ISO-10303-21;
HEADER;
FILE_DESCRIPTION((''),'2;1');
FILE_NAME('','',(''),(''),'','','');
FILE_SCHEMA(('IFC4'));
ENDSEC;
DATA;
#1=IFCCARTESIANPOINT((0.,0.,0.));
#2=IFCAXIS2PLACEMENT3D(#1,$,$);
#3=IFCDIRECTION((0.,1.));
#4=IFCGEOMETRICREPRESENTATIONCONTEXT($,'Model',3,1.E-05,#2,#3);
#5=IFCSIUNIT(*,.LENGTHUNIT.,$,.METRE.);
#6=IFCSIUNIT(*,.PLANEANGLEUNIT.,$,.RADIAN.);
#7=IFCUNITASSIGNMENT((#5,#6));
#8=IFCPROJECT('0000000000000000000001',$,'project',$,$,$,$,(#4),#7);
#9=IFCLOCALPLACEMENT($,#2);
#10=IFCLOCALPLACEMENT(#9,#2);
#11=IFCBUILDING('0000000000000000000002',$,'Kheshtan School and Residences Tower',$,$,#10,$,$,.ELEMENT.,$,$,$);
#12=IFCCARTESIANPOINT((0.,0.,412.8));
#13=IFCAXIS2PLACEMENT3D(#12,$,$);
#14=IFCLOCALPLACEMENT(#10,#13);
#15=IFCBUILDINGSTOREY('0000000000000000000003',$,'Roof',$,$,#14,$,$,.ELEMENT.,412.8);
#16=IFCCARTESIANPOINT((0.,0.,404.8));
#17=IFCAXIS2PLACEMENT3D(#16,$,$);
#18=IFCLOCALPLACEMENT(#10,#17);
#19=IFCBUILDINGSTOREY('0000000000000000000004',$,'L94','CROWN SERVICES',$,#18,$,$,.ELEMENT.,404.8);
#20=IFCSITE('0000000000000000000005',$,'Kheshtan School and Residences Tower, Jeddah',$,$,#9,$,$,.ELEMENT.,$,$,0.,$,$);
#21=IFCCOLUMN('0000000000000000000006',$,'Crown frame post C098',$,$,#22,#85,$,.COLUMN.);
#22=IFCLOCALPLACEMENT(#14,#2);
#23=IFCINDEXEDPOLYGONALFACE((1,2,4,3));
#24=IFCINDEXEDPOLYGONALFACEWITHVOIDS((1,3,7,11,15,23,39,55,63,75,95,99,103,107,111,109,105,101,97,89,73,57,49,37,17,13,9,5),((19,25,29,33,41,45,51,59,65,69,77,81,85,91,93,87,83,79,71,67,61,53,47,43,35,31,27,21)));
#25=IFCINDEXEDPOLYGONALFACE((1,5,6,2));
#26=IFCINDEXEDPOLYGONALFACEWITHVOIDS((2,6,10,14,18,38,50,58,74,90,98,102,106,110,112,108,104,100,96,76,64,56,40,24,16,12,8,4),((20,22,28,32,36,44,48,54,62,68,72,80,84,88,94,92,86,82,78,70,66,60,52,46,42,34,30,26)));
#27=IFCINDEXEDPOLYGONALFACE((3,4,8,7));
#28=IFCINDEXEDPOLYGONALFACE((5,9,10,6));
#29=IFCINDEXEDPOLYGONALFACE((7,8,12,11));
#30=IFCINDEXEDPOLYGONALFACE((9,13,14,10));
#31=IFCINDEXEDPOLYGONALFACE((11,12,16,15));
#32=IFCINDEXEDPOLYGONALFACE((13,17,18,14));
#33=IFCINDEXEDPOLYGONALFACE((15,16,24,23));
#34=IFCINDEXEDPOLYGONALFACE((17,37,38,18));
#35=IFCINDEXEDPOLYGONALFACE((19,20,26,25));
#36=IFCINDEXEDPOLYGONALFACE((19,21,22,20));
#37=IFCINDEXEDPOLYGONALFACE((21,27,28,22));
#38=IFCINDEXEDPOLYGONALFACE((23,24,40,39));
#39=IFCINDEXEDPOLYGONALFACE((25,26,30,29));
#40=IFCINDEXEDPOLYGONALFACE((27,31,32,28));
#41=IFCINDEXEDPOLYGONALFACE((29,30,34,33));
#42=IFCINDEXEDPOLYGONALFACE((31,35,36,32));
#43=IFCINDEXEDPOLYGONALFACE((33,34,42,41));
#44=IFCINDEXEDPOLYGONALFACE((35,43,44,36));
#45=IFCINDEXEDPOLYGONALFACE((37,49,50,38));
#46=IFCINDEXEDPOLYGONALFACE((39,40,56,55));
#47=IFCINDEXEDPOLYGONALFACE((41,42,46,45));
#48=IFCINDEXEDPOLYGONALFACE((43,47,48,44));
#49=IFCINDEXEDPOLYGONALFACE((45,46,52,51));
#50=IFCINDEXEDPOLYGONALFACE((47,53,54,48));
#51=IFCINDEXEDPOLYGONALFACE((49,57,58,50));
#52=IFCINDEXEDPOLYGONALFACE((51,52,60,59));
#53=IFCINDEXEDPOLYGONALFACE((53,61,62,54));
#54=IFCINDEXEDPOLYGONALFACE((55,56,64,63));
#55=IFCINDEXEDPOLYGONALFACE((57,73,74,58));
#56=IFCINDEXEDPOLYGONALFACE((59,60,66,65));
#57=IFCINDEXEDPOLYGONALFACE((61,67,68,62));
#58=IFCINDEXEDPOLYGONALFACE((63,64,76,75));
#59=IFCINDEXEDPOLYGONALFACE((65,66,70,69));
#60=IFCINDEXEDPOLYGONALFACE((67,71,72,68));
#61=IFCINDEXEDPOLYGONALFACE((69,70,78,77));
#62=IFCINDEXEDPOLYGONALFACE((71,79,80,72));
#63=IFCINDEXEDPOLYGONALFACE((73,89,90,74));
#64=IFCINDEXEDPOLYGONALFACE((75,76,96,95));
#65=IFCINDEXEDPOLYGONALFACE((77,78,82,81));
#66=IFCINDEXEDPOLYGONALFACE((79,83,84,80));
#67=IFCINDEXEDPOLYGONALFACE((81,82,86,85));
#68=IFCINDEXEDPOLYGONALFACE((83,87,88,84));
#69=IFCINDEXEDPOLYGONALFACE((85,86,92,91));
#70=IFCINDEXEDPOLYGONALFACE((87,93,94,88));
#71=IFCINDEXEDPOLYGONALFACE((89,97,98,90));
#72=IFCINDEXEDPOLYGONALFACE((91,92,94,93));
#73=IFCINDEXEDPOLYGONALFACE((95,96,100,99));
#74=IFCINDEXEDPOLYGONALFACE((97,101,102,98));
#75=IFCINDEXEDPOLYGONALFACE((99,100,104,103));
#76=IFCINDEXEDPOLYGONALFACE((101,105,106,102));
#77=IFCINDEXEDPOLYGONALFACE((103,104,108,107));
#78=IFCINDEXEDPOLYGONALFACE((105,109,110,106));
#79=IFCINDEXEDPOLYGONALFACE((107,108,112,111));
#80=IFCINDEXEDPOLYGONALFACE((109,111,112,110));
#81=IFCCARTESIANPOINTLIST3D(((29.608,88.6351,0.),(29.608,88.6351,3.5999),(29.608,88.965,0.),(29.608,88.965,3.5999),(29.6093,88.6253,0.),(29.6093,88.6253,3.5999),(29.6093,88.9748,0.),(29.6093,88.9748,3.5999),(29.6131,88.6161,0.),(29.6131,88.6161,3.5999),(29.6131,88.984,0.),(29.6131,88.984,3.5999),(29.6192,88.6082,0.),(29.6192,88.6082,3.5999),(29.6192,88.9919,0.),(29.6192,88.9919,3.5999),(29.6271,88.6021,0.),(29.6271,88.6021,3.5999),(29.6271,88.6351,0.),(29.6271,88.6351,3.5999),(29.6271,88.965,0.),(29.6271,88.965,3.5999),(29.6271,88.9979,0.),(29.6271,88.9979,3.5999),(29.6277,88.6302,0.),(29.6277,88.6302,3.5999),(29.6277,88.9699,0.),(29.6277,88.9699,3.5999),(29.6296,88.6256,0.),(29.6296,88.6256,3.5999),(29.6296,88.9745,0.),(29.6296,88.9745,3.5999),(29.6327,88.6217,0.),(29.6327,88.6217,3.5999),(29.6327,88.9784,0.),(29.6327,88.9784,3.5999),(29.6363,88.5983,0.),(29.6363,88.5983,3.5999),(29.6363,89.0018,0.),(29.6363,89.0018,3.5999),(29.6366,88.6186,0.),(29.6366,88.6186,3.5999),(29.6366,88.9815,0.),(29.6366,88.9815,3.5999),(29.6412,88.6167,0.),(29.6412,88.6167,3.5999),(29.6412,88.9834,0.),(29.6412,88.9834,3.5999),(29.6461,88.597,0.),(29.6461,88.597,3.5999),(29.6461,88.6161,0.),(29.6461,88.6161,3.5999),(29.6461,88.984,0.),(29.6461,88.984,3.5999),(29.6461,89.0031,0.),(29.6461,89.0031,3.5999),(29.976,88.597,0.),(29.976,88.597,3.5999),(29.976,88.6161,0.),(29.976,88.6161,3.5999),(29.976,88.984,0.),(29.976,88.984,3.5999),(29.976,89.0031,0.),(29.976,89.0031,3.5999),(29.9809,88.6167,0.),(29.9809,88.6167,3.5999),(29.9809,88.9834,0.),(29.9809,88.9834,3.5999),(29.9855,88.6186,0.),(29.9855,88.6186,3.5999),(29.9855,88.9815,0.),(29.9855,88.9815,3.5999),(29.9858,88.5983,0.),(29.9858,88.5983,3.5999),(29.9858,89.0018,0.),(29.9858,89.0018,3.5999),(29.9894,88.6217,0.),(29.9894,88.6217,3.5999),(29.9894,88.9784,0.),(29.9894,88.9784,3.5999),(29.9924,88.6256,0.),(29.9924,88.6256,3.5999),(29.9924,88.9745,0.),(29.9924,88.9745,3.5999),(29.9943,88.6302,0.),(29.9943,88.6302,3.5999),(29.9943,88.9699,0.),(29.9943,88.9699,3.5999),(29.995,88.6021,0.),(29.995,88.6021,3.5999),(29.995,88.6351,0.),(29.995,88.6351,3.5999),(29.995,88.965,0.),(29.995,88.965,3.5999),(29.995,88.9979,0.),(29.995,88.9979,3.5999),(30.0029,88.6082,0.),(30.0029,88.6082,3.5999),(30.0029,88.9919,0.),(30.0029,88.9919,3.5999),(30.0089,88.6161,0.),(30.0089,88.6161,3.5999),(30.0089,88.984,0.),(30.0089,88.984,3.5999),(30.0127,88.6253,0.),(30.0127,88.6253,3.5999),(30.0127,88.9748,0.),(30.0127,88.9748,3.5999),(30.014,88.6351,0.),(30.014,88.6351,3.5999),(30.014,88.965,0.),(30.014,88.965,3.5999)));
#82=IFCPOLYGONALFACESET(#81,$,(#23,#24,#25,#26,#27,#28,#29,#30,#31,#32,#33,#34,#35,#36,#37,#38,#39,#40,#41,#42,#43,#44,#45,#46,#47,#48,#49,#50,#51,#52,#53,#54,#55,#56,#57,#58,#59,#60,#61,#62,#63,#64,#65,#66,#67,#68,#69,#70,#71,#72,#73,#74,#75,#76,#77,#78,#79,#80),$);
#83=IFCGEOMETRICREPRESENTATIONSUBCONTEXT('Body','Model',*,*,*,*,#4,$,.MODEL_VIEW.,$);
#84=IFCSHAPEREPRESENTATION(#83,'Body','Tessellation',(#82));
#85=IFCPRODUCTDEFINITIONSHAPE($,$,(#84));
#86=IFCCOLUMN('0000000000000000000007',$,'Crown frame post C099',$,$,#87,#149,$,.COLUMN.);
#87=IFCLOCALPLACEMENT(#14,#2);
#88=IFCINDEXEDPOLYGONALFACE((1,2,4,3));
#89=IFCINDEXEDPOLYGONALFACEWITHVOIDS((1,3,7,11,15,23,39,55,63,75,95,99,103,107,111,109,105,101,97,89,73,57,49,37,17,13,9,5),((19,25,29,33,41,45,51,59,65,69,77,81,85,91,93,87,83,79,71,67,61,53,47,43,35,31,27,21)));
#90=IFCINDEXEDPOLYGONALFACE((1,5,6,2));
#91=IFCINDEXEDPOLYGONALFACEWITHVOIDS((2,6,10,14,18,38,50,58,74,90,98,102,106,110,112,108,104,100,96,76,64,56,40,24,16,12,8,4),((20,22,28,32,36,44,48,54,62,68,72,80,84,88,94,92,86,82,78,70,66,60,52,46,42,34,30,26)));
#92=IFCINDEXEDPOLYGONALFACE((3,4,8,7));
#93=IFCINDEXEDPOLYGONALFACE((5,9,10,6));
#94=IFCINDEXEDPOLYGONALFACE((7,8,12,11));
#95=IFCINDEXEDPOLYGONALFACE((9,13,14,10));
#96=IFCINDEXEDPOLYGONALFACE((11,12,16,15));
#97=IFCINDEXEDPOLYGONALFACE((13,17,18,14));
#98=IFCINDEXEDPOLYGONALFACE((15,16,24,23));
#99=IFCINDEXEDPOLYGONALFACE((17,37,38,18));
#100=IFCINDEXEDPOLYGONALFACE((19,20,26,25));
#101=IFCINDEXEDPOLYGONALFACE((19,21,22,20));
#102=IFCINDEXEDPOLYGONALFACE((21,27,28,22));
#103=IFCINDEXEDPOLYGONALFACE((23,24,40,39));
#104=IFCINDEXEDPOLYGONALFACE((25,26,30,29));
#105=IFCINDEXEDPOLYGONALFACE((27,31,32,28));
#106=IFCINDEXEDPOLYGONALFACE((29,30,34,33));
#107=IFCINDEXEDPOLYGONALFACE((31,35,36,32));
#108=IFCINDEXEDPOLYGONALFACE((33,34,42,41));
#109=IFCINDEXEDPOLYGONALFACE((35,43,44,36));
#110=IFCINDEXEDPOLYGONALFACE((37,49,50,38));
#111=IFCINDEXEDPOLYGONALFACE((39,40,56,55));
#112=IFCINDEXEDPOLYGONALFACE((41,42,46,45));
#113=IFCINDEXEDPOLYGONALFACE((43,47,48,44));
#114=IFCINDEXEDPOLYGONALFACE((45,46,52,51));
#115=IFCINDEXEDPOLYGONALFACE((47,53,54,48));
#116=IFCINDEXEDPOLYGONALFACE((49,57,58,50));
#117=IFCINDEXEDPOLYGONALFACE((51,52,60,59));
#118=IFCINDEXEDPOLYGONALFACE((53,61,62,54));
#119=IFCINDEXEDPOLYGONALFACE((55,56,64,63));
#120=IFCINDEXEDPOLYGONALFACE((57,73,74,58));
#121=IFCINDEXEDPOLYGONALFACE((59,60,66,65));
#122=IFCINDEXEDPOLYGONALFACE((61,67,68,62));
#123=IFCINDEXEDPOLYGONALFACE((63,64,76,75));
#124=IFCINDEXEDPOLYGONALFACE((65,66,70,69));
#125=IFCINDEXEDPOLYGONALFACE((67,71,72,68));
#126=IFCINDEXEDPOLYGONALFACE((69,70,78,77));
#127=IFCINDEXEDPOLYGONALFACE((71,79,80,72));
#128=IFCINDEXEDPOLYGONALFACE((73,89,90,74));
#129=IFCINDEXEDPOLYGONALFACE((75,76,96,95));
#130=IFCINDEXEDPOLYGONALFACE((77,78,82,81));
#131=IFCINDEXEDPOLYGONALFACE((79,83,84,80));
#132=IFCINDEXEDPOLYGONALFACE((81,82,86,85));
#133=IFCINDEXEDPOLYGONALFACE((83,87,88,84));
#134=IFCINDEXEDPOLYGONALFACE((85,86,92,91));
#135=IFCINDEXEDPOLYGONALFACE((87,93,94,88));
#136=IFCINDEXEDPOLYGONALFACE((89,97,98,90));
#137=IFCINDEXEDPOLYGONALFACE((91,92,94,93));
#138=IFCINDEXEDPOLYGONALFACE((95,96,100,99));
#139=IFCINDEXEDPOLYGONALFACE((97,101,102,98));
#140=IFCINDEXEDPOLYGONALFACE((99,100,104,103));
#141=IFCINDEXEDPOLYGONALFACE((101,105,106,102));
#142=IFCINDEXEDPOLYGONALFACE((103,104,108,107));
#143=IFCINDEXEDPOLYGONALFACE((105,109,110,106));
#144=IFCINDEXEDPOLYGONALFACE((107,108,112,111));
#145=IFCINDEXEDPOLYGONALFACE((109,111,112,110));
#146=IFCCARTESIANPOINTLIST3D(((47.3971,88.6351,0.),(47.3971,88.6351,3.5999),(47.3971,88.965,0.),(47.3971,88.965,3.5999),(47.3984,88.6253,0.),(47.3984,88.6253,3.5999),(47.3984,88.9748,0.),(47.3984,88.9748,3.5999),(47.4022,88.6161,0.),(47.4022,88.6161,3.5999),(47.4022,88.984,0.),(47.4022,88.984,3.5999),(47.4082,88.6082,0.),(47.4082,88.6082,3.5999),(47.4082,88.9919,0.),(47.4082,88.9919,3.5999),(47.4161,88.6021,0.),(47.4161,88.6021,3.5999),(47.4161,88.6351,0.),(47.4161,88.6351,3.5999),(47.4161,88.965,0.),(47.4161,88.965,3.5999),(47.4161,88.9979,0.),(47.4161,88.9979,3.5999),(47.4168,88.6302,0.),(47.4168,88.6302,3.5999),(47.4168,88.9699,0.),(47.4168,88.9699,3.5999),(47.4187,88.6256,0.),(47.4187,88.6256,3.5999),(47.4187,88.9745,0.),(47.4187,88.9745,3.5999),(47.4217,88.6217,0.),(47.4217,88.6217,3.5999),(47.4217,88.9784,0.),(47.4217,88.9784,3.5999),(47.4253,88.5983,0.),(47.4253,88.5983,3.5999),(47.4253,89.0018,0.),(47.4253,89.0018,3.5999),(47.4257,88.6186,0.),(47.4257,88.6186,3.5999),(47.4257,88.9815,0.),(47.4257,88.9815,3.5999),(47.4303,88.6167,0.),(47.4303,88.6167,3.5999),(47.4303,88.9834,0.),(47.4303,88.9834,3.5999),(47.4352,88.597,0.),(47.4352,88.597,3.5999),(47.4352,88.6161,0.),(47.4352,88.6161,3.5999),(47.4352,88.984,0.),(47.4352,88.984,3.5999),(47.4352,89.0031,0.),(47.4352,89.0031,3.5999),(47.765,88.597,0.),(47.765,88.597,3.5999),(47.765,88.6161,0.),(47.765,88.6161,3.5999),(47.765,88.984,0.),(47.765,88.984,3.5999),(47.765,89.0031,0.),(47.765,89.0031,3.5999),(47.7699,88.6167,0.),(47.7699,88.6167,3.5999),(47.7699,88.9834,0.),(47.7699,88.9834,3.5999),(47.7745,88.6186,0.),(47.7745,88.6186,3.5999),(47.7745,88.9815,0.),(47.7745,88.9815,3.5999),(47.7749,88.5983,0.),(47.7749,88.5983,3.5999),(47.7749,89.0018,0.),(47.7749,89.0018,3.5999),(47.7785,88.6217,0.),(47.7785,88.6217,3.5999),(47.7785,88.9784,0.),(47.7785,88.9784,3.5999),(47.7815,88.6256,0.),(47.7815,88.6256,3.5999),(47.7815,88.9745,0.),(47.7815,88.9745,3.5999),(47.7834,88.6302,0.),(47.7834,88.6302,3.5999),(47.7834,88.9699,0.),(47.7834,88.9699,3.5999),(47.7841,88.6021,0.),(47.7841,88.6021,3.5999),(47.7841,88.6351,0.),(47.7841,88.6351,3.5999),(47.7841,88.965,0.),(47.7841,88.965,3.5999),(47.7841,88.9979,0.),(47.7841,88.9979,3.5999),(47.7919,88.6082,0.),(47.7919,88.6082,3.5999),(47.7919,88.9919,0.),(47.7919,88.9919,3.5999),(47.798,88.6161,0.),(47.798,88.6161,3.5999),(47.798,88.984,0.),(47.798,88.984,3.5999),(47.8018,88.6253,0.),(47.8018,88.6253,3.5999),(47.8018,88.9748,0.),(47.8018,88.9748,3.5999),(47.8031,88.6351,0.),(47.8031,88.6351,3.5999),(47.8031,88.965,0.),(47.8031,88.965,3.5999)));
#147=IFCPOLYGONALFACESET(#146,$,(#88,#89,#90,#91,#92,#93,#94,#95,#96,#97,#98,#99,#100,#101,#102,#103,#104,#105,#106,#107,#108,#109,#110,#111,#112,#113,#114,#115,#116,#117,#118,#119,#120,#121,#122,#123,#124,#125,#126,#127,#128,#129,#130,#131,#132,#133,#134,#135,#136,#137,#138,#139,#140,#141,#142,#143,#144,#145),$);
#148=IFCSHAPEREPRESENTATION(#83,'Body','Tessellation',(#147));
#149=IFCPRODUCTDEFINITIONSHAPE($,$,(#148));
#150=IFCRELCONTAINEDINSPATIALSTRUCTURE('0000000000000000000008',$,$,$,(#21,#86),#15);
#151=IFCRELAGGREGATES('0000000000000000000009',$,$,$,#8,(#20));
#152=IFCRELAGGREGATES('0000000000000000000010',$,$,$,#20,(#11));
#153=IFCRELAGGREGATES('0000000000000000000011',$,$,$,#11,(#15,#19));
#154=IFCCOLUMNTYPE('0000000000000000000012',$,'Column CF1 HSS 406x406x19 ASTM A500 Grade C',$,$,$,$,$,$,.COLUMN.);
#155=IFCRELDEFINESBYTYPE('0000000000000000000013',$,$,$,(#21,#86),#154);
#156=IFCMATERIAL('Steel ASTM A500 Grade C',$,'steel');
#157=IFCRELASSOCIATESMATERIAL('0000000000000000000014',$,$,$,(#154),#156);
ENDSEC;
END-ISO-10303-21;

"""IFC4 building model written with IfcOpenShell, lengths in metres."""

from ifc_helpers import new_model, si_unit, direction, frame, origin, origin_2d, place, context, subcontext, project, spatial, hollow_rectangle, extrude, material, material_profile, profile_set, type_object, element, save


model = new_model("IFC4")

# Units and contexts
model_context = context("Model", 3, precision=1e-05, world=origin(), true_north=direction((0.0, 1.0)))
body_context = subcontext(model_context, "Body", "Model", "MODEL_VIEW")
ifc_project = project(units=[si_unit("LENGTHUNIT", "METRE"), si_unit("PLANEANGLEUNIT", "RADIAN")], contexts=[model_context])

# Site, building, storey
site_placement = place(None, origin())
site = spatial("IfcSite", under=ifc_project, at=site_placement, Name="Kheshtan School and Residences Tower, Jeddah", CompositionType="ELEMENT", RefElevation=0.0)
building_placement = place(site_placement, origin())
building = spatial("IfcBuilding", under=site, at=building_placement, Name="Kheshtan School and Residences Tower", CompositionType="ELEMENT")
storey_1_placement = place(building_placement, frame((0.0, 0.0, 412.8)))
storey_1 = spatial("IfcBuildingStorey", under=building, at=storey_1_placement, Name="Roof", CompositionType="ELEMENT", Elevation=412.8)

# Columns
ifc_material_1 = material(Name="Steel ASTM A500 Grade C", Category="steel")
ifc_material_profile = material_profile(ifc_material_1, hollow_rectangle(XDim=0.406, YDim=0.406, WallThickness=0.019, InnerFilletRadius=0.019, OuterFilletRadius=0.0381, at=origin_2d()), Name="HSS 406x406x19")
ifc_profile_set = profile_set([ifc_material_profile], Name="Steel ASTM A500 Grade C")
column_type = type_object("IfcColumnType", Name="Column CF1 HSS 406x406x19 ASTM A500 Grade C", PredefinedType="COLUMN", material=ifc_profile_set)
for number, where, z_axis, x_axis, name in (
    (1, (29.811, 88.8, 0.0), (0.0, 0.0, 1.0), (1.0, 0.0, 0.0), "Crown frame post C098"),
    (2, (47.6001, 88.8, 0.0), (0.0, 0.0, 1.0), (1.0, 0.0, 0.0), "Crown frame post C099"),
):
    element("IfcColumn", number, at=place(storey_1_placement, frame(where, z_axis=z_axis, x_axis=x_axis)), inside=storey_1, type_object=column_type, Name=name, PredefinedType="COLUMN", context=body_context, shape_type="SweptSolid", body=[
        extrude(hollow_rectangle(XDim=0.406, YDim=0.406, WallThickness=0.019, InnerFilletRadius=0.019, OuterFilletRadius=0.0381, at=origin_2d()), origin(), (0.0, 0.0, 1.0), 3.5999),
    ])

# Shared definitions
storey_2_placement = place(building_placement, frame((0.0, 0.0, 404.8)))
storey_2 = spatial("IfcBuildingStorey", under=building, at=storey_2_placement, Name="L94", Description="CROWN SERVICES", CompositionType="ELEMENT", Elevation=404.8)

save(model, "model.ifc")
